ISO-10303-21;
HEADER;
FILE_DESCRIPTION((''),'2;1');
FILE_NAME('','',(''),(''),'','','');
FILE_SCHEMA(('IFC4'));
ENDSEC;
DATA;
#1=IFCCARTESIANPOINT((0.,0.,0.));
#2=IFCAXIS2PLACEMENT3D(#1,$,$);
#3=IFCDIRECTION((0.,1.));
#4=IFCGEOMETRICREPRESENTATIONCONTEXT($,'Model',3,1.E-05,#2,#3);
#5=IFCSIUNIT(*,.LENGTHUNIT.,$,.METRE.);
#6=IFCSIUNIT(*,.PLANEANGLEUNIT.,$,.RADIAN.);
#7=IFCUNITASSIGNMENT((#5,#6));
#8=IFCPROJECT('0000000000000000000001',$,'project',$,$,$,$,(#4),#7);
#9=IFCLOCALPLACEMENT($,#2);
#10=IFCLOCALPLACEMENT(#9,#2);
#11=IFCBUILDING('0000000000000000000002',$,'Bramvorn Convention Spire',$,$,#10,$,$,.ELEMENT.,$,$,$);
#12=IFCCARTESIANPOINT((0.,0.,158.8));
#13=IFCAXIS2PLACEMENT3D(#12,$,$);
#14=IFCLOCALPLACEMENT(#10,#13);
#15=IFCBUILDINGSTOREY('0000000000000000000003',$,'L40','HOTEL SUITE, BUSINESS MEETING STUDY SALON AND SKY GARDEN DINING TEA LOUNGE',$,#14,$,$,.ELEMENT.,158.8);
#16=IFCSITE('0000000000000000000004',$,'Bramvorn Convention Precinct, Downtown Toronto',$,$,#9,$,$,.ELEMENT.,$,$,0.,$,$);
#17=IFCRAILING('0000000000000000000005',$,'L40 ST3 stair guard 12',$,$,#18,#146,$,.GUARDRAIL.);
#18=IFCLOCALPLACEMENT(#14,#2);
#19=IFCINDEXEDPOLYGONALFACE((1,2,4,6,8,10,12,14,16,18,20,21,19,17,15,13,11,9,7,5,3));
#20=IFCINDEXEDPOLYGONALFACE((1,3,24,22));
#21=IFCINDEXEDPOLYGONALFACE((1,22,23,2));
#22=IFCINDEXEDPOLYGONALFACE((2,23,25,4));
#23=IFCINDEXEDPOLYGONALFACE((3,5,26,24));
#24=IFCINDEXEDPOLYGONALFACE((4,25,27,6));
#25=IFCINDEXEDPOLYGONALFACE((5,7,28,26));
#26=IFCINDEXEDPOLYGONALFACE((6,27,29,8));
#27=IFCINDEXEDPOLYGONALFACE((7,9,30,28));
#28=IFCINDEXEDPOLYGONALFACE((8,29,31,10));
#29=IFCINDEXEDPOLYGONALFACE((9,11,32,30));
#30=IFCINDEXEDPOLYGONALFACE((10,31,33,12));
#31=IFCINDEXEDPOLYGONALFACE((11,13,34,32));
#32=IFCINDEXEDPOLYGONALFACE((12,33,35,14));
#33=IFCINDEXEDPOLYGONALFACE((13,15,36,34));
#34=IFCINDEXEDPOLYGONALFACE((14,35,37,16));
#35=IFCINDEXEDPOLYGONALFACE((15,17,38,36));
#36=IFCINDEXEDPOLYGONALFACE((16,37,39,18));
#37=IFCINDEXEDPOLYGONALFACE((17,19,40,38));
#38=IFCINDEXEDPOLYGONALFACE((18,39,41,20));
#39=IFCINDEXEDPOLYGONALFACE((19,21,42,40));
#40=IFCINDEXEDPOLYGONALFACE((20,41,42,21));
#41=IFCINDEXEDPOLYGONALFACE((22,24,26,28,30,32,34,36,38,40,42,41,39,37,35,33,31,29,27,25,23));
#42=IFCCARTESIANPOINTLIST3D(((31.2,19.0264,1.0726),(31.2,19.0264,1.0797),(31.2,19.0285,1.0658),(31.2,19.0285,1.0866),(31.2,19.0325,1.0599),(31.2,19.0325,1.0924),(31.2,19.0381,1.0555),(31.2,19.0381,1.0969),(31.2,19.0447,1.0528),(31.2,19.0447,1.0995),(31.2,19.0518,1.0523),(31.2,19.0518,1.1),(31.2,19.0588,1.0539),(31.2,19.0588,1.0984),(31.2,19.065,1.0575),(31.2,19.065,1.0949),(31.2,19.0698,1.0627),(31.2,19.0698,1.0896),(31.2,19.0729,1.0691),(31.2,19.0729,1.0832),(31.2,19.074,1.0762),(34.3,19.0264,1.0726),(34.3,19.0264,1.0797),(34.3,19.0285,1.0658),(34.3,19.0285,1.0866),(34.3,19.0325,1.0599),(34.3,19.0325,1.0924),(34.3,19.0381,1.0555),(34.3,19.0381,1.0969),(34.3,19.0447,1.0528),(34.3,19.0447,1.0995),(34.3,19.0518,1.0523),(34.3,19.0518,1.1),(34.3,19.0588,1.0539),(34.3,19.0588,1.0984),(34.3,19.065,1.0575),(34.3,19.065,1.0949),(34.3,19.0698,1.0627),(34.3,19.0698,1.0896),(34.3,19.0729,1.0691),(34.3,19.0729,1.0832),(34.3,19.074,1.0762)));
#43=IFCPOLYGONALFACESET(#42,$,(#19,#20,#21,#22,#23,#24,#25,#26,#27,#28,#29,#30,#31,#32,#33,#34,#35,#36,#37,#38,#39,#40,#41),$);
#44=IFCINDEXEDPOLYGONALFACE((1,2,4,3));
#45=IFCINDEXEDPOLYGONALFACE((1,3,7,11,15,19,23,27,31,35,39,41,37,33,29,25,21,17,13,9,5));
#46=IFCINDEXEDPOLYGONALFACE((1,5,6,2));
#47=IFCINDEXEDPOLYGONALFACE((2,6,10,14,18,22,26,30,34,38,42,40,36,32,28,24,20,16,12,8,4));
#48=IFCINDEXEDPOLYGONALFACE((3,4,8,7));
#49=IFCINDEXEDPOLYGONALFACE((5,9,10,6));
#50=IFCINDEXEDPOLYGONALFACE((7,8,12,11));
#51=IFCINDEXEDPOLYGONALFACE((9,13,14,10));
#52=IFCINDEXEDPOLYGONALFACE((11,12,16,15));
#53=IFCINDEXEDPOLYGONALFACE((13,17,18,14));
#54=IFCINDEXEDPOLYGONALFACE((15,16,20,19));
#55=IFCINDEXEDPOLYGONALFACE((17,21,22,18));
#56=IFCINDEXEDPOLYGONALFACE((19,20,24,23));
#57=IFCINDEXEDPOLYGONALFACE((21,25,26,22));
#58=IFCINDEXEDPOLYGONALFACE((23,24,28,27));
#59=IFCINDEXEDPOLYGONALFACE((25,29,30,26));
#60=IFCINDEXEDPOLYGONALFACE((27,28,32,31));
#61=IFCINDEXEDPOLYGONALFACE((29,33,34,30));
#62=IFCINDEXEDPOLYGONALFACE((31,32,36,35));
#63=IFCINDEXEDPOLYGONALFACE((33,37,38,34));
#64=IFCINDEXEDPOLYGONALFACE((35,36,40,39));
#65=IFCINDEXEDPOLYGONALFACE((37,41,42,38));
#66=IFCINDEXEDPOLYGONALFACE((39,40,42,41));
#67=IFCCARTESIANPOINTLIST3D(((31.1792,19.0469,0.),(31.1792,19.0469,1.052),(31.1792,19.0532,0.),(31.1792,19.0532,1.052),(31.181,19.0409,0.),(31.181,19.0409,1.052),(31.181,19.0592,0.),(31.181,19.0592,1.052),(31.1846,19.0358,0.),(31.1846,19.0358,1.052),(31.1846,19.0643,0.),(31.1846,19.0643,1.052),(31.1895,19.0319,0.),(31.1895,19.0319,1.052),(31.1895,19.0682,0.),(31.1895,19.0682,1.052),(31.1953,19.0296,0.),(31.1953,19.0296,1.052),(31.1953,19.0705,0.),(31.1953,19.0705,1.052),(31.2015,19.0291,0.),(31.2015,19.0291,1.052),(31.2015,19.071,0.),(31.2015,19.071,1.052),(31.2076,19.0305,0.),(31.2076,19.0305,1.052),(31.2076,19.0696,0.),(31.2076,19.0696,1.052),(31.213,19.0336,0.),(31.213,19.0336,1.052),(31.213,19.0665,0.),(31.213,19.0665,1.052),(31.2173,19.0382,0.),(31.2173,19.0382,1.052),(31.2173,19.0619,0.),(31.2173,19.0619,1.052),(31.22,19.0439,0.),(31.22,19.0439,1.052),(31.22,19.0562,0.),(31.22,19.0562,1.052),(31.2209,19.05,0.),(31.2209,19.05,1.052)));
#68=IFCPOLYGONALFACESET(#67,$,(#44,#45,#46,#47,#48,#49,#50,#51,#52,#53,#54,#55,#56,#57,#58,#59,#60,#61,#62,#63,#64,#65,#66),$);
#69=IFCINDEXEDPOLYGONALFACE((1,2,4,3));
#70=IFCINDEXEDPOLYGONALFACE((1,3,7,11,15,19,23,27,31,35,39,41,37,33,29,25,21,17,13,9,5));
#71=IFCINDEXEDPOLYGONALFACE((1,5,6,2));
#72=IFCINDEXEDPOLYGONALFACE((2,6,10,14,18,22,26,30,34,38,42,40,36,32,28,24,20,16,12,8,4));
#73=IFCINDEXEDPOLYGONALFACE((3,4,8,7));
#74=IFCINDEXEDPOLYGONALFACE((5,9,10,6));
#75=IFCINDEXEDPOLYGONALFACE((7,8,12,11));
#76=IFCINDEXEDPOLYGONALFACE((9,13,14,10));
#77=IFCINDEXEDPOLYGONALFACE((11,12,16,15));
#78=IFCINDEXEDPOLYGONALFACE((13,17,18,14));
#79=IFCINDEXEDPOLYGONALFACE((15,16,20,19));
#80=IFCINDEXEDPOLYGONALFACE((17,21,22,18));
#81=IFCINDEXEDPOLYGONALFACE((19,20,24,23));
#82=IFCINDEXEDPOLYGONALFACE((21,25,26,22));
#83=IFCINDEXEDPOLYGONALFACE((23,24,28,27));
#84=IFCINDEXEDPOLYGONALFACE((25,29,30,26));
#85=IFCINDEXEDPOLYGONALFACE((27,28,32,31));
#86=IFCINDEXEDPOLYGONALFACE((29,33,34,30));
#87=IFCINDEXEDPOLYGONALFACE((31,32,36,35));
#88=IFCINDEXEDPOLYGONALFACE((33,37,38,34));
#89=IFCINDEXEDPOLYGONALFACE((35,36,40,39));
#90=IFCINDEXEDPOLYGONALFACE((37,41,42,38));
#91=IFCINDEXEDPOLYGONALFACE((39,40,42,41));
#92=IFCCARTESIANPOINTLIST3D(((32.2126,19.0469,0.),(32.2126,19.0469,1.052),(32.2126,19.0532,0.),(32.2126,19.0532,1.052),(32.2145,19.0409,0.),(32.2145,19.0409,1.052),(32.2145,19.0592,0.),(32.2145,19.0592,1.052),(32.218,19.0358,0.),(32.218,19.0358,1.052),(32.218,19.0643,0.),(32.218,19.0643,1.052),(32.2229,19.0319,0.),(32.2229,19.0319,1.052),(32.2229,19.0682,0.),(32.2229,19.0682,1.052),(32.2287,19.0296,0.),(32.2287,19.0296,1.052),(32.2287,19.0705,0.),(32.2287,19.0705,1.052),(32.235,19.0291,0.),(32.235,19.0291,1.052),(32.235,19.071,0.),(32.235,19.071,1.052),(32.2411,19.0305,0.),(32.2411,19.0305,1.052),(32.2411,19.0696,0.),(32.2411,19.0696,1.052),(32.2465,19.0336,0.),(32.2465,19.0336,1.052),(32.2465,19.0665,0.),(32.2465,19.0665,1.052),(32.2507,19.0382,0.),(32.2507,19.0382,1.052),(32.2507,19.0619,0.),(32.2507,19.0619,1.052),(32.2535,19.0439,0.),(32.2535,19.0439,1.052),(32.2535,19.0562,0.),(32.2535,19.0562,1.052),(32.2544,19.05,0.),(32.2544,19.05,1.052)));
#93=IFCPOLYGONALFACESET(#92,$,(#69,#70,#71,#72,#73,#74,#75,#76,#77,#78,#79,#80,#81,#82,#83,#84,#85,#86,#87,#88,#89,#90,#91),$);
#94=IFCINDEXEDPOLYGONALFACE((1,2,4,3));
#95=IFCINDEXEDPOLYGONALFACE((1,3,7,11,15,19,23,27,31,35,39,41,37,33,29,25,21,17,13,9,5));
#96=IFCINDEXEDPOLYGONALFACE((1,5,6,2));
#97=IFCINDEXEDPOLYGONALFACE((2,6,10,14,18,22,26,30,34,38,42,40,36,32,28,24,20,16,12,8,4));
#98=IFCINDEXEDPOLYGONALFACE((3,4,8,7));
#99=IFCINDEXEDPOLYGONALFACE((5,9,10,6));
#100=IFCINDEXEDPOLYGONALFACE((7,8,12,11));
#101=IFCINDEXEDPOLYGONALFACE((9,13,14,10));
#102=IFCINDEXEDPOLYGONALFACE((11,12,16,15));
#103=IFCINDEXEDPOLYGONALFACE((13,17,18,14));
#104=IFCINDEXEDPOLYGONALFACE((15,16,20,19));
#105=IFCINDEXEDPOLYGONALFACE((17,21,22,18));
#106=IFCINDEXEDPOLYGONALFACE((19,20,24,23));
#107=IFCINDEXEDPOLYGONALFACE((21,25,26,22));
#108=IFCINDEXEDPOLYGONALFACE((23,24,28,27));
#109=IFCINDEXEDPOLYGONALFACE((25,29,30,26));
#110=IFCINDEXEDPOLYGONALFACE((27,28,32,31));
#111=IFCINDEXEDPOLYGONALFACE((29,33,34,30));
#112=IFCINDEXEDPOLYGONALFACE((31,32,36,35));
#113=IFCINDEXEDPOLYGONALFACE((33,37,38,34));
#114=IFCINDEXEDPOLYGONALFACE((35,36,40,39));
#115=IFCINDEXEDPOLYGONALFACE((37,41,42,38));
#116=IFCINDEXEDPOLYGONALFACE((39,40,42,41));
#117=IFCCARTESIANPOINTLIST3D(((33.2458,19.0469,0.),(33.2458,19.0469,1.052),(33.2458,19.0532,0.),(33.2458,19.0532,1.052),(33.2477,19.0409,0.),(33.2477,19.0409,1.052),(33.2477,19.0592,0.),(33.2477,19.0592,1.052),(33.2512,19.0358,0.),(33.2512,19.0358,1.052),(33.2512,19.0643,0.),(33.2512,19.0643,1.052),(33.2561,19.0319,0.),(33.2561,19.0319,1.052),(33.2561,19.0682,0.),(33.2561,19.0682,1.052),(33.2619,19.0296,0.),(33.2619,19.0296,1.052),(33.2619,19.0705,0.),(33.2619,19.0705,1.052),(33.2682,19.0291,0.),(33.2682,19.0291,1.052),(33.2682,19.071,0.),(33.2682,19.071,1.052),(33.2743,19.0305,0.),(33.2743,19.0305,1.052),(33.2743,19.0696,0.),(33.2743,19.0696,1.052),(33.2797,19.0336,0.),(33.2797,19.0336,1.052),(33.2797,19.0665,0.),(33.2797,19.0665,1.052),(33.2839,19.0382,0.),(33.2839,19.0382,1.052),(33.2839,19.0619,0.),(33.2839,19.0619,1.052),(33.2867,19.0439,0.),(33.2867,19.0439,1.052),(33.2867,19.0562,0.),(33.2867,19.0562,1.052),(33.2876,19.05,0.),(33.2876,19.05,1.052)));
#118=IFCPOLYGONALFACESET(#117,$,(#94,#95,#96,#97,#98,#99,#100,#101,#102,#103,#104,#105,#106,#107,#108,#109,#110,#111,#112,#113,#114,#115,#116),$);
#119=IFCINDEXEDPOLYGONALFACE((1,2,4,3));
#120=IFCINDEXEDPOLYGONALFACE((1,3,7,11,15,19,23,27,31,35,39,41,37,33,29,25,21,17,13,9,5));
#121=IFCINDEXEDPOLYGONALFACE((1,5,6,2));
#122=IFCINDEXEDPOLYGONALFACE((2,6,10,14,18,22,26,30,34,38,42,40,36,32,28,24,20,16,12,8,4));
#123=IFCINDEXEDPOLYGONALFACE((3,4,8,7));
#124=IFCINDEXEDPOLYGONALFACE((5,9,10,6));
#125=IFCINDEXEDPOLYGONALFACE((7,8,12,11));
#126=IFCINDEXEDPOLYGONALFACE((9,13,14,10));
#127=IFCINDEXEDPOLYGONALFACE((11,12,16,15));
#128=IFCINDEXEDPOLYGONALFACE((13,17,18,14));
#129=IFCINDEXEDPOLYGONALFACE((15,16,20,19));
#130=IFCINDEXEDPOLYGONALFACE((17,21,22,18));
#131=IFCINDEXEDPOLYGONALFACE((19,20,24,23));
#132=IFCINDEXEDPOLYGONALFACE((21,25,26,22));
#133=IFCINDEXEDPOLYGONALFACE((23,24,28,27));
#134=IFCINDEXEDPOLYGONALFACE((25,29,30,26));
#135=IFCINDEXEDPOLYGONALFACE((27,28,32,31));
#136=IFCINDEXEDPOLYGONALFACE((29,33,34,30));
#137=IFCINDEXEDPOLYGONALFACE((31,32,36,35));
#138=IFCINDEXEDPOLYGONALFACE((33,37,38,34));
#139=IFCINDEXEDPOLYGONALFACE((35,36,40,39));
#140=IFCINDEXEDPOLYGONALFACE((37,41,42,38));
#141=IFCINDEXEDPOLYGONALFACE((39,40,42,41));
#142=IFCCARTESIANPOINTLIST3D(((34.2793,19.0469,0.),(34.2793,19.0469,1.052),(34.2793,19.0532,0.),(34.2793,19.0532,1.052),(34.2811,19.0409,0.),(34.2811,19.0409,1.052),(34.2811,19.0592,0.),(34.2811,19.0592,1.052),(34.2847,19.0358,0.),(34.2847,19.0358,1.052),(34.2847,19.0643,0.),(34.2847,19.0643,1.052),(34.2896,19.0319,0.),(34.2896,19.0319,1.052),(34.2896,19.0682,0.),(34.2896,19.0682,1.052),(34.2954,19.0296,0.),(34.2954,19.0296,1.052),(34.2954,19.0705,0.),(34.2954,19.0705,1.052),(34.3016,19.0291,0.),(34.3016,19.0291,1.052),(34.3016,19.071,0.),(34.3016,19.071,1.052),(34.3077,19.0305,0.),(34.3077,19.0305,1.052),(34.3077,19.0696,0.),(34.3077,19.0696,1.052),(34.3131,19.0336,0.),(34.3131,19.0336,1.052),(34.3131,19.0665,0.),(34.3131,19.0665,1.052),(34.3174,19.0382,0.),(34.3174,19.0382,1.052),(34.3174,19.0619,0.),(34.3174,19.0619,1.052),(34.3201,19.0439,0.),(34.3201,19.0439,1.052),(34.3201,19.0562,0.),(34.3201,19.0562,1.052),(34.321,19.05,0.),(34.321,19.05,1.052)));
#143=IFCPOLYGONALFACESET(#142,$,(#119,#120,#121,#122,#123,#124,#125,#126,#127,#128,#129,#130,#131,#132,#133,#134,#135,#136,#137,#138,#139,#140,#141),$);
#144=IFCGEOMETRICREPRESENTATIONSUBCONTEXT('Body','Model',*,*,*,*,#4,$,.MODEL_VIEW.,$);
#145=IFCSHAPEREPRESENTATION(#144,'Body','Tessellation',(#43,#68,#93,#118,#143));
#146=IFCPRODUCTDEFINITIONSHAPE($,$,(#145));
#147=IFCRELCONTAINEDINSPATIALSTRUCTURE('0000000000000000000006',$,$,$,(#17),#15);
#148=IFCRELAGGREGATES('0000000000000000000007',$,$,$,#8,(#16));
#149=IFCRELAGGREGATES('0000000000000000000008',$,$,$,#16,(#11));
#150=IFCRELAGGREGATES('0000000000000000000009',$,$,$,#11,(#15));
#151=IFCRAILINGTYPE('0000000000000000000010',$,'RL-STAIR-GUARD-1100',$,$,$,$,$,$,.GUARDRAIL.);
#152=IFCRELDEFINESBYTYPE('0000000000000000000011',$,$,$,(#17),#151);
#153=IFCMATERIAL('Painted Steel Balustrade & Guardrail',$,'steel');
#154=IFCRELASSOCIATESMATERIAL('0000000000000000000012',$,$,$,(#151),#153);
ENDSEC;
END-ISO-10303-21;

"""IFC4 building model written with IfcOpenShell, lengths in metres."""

from ifc_helpers import new_model, si_unit, direction, frame, origin, origin_2d, place, context, subcontext, project, spatial, circle, extrude, material, type_object, element, save


model = new_model("IFC4")

# Units and contexts
model_context = context("Model", 3, precision=1e-05, world=origin(), true_north=direction((0.0, 1.0)))
body_context = subcontext(model_context, "Body", "Model", "MODEL_VIEW")
ifc_project = project(units=[si_unit("LENGTHUNIT", "METRE"), si_unit("PLANEANGLEUNIT", "RADIAN")], contexts=[model_context])

# Site, building, storey
site_placement = place(None, origin())
site = spatial("IfcSite", under=ifc_project, at=site_placement, Name="Bramvorn Convention Precinct, Downtown Toronto", CompositionType="ELEMENT", RefElevation=0.0)
building_placement = place(site_placement, origin())
building = spatial("IfcBuilding", under=site, at=building_placement, Name="Bramvorn Convention Spire", CompositionType="ELEMENT")
storey_placement = place(building_placement, frame((0.0, 0.0, 158.8)))
storey = spatial("IfcBuildingStorey", under=building, at=storey_placement, Name="L40", Description="HOTEL SUITE, BUSINESS MEETING STUDY SALON AND SKY GARDEN DINING TEA LOUNGE", CompositionType="ELEMENT", Elevation=158.8)

# Railing
ifc_material_1 = material(Name="Painted Steel Balustrade & Guardrail", Category="steel")
railing_type = type_object("IfcRailingType", Name="RL-STAIR-GUARD-1100", PredefinedType="GUARDRAIL", material=ifc_material_1)
railing_1_placement = place(storey_placement, frame((31.2, 19.05, 0.0)))
element("IfcRailing", 1, at=railing_1_placement, inside=storey, type_object=railing_type, Name="L40 ST3 stair guard 12", PredefinedType="GUARDRAIL", context=body_context, shape_type="SweptSolid", body=[
    extrude(circle(Radius=0.0239, at=origin_2d()), frame((0.0, 0.0, 1.0762), z_axis=(1.0, 0.0, 0.0), x_axis=(0.0, 1.0, 0.0)), (0.0, 0.0, 1.0), 3.1001),
    extrude(circle(Radius=0.021, at=origin_2d()), origin(), (0.0, 0.0, 1.0), 1.052),
    extrude(circle(Radius=0.021, at=origin_2d()), frame((1.0334, 0.0, 0.0)), (0.0, 0.0, 1.0), 1.052),
    extrude(circle(Radius=0.021, at=origin_2d()), frame((2.0667, 0.0, 0.0)), (0.0, 0.0, 1.0), 1.052),
    extrude(circle(Radius=0.021, at=origin_2d()), frame((3.1001, 0.0, 0.0)), (0.0, 0.0, 1.0), 1.052),
])

save(model, "model.ifc")
